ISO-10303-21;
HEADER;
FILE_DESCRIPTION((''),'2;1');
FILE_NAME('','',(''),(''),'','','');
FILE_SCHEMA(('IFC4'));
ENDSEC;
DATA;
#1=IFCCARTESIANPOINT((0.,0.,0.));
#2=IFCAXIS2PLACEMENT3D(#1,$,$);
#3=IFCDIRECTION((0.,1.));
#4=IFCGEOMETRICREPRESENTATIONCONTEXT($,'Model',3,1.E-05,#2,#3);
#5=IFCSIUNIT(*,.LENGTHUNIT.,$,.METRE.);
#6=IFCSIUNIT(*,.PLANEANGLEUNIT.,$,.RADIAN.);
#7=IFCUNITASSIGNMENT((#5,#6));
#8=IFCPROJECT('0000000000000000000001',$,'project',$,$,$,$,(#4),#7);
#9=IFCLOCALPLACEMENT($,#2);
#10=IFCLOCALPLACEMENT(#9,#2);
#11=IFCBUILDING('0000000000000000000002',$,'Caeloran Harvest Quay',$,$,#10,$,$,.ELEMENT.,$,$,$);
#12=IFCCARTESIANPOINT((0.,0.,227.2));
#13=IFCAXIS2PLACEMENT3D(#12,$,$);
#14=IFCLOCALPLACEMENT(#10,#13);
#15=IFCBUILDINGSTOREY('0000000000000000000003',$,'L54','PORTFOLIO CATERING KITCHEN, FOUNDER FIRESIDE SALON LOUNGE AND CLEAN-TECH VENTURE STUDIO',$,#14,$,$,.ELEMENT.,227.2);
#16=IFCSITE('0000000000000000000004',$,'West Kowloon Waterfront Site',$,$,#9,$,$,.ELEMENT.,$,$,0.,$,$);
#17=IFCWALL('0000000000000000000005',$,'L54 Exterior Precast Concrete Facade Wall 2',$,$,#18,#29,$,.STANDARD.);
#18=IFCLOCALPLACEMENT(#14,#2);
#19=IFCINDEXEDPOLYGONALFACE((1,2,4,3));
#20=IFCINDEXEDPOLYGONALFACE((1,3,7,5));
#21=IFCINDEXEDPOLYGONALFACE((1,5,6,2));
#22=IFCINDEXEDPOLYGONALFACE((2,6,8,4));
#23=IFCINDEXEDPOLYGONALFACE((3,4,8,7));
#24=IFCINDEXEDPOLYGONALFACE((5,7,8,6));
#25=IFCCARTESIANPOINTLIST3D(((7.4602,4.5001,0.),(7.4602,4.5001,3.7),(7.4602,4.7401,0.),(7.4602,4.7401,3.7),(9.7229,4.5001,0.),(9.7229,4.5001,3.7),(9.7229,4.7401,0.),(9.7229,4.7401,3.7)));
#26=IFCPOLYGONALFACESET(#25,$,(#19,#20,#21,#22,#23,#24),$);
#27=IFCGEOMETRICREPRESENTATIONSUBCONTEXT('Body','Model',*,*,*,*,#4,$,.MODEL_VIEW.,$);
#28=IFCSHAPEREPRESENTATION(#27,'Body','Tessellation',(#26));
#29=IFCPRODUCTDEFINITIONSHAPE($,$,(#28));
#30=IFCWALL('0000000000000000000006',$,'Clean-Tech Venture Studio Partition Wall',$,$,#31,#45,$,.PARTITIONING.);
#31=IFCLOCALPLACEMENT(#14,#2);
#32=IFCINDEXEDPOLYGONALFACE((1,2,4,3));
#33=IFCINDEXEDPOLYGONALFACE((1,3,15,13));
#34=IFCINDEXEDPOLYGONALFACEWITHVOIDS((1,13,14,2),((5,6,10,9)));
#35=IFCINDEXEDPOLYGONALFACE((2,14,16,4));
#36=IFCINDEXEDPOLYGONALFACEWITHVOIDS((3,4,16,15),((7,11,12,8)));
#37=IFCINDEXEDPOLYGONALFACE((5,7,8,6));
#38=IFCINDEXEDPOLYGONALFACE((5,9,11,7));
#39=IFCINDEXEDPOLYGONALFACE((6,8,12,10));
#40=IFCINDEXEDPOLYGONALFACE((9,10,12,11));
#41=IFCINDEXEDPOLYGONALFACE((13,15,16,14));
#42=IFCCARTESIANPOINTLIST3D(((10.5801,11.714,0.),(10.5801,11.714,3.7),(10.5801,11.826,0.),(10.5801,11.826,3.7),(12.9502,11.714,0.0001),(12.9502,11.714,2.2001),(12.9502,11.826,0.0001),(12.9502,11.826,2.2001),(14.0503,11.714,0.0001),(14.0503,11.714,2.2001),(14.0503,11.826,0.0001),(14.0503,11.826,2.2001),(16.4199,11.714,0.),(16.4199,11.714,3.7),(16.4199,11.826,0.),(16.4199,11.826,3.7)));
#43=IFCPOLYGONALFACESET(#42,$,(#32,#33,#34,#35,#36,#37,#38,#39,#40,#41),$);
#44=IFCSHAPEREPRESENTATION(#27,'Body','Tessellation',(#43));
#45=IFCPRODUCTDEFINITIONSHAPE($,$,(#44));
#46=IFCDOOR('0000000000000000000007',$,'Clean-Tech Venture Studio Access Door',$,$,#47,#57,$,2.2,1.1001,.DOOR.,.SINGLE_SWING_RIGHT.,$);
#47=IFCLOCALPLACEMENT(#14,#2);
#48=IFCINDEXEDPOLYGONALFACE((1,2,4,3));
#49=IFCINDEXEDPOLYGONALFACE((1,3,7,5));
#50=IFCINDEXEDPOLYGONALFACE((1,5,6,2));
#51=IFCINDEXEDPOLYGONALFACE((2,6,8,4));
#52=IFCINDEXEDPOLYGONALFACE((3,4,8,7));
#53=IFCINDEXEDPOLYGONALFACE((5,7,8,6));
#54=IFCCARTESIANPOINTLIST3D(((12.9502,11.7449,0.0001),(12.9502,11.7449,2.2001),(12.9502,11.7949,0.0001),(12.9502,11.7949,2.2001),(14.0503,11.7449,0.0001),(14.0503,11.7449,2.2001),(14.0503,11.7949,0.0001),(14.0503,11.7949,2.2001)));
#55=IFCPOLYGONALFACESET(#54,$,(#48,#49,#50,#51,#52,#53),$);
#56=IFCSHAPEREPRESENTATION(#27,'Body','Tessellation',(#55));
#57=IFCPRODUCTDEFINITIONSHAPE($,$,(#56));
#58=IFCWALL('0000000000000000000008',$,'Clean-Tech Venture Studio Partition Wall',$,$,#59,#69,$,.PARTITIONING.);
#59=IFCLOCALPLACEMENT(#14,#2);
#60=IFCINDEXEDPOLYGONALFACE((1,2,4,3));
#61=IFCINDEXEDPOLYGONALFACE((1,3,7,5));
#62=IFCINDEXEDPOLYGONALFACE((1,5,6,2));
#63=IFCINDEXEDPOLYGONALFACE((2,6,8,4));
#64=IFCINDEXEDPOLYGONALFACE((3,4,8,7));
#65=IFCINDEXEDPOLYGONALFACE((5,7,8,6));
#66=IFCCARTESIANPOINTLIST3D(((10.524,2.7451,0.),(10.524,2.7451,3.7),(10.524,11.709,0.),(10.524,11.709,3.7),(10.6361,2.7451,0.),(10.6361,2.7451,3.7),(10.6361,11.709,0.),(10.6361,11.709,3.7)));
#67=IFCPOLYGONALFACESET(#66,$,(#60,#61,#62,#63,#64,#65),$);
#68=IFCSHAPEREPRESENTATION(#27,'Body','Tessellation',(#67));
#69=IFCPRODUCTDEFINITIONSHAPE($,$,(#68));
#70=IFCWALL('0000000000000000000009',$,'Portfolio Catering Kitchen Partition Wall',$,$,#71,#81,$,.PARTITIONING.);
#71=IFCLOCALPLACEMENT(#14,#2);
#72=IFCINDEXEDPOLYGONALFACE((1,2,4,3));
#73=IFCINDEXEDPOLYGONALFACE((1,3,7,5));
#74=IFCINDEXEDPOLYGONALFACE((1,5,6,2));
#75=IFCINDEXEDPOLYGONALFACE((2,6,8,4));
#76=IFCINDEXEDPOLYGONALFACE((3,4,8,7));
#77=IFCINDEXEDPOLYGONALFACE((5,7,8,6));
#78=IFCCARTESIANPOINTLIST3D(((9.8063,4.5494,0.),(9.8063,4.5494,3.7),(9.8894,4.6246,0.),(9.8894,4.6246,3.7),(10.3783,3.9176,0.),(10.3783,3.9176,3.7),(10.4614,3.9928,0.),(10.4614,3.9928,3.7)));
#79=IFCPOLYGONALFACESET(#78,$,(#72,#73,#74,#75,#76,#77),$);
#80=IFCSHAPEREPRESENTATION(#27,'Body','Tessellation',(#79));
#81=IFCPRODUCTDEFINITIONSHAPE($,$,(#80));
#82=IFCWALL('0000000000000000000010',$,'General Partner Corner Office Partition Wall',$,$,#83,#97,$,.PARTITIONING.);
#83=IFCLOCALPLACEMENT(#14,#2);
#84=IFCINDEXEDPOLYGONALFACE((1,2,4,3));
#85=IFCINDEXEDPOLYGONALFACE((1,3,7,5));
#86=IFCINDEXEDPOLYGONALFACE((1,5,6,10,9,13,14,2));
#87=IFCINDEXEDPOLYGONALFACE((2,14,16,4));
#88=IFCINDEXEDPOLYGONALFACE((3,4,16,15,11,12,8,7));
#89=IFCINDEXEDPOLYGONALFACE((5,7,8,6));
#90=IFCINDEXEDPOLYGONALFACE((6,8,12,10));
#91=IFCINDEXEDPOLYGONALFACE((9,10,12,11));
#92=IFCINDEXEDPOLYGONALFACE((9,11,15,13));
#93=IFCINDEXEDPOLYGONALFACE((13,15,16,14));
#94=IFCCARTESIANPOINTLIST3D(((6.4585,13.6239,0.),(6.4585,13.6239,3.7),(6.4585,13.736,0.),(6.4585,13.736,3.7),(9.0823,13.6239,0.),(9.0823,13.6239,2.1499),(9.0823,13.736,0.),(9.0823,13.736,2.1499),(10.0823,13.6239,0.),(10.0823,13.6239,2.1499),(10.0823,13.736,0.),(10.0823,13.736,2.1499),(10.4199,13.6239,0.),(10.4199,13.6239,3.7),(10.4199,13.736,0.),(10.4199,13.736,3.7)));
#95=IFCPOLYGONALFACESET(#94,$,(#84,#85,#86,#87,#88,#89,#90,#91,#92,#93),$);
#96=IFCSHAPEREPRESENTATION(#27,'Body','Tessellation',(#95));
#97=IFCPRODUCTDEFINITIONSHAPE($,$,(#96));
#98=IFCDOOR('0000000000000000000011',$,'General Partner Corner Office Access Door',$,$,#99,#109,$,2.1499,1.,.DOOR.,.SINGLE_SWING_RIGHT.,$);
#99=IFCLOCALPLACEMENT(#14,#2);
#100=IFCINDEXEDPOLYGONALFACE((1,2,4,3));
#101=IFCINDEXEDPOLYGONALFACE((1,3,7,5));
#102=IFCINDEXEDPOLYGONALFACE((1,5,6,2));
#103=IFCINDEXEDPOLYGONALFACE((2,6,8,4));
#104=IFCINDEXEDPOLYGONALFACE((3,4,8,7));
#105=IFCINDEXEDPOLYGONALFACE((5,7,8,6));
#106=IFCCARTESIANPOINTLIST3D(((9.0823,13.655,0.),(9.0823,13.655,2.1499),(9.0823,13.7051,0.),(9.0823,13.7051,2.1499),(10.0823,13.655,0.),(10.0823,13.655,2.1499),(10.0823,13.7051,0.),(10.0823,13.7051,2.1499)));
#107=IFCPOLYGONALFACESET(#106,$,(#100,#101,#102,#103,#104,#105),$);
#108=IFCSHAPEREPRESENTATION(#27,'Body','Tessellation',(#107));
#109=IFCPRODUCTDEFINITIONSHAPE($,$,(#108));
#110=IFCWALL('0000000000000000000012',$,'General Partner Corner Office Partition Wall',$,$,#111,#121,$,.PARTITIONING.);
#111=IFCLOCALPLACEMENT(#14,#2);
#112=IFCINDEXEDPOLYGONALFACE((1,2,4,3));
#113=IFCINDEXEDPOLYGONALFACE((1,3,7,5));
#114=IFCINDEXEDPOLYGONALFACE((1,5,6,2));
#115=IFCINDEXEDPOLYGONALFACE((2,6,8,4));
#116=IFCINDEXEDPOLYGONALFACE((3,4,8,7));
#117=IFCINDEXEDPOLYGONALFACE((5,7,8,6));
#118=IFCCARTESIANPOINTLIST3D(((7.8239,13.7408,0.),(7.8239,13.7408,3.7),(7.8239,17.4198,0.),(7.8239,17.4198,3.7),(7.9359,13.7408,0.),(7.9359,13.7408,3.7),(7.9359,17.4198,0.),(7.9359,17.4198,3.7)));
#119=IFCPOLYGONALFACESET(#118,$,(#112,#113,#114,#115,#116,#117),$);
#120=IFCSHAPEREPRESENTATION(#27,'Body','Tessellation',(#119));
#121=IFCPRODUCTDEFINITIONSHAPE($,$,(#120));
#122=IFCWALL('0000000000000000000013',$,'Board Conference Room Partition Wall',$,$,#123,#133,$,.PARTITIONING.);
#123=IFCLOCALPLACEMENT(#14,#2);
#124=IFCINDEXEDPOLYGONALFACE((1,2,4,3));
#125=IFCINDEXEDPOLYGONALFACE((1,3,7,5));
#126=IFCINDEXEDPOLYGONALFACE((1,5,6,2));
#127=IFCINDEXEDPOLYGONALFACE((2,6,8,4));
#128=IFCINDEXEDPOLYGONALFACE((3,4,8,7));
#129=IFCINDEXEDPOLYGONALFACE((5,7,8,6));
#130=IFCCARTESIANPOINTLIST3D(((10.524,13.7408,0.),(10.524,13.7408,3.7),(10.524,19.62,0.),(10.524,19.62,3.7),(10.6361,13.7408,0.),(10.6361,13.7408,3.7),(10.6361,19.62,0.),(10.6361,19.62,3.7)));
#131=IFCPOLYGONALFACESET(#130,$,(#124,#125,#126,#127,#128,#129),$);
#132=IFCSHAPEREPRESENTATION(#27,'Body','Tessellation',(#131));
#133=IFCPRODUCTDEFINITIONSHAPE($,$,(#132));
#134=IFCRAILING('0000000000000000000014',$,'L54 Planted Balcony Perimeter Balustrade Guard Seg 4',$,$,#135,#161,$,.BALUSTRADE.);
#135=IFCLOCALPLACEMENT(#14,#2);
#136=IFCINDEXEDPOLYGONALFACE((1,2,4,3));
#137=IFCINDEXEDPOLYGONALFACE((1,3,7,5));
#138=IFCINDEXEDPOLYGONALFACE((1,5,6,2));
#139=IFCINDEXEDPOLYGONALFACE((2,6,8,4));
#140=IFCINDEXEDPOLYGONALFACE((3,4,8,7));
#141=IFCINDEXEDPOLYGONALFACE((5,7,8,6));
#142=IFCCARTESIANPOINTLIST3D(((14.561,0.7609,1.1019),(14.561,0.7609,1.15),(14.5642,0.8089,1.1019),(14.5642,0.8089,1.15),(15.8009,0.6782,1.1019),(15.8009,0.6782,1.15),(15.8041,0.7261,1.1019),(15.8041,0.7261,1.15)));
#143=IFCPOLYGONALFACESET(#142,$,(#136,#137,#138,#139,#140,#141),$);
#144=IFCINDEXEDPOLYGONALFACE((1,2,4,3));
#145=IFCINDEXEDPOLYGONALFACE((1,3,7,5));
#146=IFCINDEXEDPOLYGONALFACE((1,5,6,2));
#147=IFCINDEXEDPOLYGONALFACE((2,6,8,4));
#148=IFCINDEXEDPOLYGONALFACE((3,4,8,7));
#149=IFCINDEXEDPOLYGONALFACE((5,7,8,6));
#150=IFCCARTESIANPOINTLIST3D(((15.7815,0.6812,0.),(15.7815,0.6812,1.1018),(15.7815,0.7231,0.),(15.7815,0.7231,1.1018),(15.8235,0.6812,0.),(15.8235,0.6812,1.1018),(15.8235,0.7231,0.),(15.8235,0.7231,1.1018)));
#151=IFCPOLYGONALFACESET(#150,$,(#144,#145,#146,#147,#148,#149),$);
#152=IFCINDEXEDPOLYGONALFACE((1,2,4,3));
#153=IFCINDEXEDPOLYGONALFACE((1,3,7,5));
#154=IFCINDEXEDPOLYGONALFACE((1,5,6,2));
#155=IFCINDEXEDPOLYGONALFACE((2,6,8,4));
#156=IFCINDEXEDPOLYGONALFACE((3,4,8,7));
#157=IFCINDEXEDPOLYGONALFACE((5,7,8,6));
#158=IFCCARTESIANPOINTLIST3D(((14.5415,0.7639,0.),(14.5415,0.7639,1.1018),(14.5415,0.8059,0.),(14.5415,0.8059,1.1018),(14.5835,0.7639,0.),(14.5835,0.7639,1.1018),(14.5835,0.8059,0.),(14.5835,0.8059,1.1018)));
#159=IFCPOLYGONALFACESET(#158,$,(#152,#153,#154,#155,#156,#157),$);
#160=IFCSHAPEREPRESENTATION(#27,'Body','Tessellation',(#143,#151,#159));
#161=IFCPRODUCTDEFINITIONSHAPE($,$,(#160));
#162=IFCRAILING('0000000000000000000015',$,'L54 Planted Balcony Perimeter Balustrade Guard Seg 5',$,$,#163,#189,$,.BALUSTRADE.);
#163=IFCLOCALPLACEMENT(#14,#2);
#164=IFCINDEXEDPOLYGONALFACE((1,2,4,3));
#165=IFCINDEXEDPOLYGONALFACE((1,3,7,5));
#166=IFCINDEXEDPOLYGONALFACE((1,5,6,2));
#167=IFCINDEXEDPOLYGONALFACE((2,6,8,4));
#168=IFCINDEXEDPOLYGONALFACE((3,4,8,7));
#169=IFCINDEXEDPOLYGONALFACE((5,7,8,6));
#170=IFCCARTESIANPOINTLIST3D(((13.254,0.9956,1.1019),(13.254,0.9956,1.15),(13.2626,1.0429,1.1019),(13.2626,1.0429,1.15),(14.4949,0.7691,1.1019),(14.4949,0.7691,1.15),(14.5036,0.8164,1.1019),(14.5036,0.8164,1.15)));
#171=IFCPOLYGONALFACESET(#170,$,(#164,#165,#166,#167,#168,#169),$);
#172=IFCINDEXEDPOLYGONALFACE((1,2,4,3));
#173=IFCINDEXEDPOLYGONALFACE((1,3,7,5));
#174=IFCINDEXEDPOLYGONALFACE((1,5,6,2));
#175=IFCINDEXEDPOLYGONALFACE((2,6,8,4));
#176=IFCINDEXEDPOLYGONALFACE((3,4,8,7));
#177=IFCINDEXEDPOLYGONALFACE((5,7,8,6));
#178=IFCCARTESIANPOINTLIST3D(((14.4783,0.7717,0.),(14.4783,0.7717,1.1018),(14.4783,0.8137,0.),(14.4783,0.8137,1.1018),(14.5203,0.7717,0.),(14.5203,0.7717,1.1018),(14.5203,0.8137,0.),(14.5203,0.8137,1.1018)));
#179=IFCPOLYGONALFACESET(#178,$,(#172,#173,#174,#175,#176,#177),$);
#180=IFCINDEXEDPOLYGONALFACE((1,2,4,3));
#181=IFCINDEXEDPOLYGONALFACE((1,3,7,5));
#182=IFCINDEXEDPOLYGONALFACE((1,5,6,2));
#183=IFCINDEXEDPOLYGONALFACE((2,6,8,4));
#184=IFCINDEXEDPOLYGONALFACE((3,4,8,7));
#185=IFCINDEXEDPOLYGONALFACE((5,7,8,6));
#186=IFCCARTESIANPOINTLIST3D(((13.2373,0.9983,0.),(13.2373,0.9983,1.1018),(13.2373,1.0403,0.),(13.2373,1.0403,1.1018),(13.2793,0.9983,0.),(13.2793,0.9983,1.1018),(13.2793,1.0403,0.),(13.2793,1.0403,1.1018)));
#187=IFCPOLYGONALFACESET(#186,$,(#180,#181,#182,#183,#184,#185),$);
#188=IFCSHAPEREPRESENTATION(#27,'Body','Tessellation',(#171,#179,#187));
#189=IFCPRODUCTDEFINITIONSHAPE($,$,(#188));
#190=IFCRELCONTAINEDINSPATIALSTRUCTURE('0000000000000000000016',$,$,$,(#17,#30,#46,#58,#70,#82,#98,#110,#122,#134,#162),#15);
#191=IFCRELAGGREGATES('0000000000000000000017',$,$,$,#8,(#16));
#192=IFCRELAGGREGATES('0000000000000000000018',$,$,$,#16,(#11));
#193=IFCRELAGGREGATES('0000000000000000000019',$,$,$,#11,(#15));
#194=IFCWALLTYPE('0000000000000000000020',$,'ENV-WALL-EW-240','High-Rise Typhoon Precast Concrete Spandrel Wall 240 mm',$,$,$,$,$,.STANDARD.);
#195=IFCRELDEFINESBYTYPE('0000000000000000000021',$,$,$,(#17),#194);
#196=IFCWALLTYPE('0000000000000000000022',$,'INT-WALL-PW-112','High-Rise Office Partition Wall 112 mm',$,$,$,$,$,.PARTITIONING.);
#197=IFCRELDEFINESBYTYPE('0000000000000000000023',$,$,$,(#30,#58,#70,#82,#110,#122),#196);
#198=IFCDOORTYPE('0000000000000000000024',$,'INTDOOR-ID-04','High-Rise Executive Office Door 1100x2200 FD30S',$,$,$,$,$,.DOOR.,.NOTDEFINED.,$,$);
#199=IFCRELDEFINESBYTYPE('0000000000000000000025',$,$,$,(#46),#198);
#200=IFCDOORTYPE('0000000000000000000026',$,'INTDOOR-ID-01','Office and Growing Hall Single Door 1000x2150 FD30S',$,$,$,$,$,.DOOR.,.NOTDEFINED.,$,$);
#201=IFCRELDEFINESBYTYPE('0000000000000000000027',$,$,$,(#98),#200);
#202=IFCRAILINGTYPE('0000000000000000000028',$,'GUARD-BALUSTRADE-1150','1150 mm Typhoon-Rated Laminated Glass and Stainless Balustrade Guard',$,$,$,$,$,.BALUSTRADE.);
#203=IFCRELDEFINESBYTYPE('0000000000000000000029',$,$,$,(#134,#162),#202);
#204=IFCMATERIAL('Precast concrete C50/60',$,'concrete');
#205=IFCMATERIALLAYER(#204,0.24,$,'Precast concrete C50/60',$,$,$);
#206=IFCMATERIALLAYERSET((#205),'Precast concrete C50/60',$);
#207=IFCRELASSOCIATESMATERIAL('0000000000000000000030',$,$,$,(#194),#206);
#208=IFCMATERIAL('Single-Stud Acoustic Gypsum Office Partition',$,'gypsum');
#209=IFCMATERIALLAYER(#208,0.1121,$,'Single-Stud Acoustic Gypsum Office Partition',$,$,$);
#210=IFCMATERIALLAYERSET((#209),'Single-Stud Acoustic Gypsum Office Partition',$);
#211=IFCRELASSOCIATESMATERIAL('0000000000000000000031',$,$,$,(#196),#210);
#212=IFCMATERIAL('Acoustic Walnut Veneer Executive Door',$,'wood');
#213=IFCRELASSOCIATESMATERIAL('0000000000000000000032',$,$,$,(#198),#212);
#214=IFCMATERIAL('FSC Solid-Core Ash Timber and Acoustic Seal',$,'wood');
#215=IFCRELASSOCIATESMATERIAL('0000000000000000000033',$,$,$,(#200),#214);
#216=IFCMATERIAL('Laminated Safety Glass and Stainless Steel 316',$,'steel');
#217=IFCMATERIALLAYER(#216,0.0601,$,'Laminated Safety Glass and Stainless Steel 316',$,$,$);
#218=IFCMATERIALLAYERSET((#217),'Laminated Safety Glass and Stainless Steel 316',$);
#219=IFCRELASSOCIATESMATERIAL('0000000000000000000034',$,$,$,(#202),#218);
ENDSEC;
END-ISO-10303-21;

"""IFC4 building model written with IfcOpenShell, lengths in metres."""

from ifc_helpers import new_model, si_unit, direction, frame, frame_2d, origin, origin_2d, place, context, subcontext, project, spatial, rectangle, extrude, material, layer, layer_set, type_object, element, fill, save


model = new_model("IFC4")

# Units and contexts
model_context = context("Model", 3, precision=1e-05, world=origin(), true_north=direction((0.0, 1.0)))
body_context = subcontext(model_context, "Body", "Model", "MODEL_VIEW")
ifc_project = project(units=[si_unit("LENGTHUNIT", "METRE"), si_unit("PLANEANGLEUNIT", "RADIAN")], contexts=[model_context])

# Site, building, storey
site_placement = place(None, origin())
site = spatial("IfcSite", under=ifc_project, at=site_placement, Name="West Kowloon Waterfront Site", CompositionType="ELEMENT", RefElevation=0.0)
building_placement = place(site_placement, origin())
building = spatial("IfcBuilding", under=site, at=building_placement, Name="Caeloran Harvest Quay", CompositionType="ELEMENT")
storey_placement = place(building_placement, frame((0.0, 0.0, 227.2)))
storey = spatial("IfcBuildingStorey", under=building, at=storey_placement, Name="L54", Description="PORTFOLIO CATERING KITCHEN, FOUNDER FIRESIDE SALON LOUNGE AND CLEAN-TECH VENTURE STUDIO", CompositionType="ELEMENT", Elevation=227.2)

# Shared definitions
ifc_material_1 = material(Name="Precast concrete C50/60", Category="concrete")

# Wall
ifc_layer_1 = layer(ifc_material_1, 0.24, Name="Precast concrete C50/60")
ifc_layer_set_1 = layer_set([ifc_layer_1], Name="Precast concrete C50/60")
wall_type_1 = type_object("IfcWallType", Name="ENV-WALL-EW-240", Description="High-Rise Typhoon Precast Concrete Spandrel Wall 240 mm", PredefinedType="STANDARD", material=ifc_layer_set_1)
wall_1_placement = place(storey_placement, frame((9.7229, 4.6201, 0.0), z_axis=(0.0, 0.0, 1.0), x_axis=(-1.0, 0.0, 0.0)))
element("IfcWall", 1, at=wall_1_placement, inside=storey, type_object=wall_type_1, Name="L54 Exterior Precast Concrete Facade Wall 2", PredefinedType="STANDARD", context=body_context, shape_type="SweptSolid", body=[
    extrude(rectangle(XDim=2.2627, YDim=0.24, at=frame_2d((1.1313, 0.0))), origin(), (0.0, 0.0, 1.0), 3.7),
])

# Wall, opening, door
ifc_material_2 = material(Name="Single-Stud Acoustic Gypsum Office Partition", Category="gypsum")
ifc_layer_2 = layer(ifc_material_2, 0.1121, Name="Single-Stud Acoustic Gypsum Office Partition")
ifc_layer_set_2 = layer_set([ifc_layer_2], Name="Single-Stud Acoustic Gypsum Office Partition")
wall_type_2 = type_object("IfcWallType", Name="INT-WALL-PW-112", Description="High-Rise Office Partition Wall 112 mm", PredefinedType="PARTITIONING", material=ifc_layer_set_2)
wall_2_placement = place(storey_placement, frame((10.5801, 11.77, 0.0), z_axis=(0.0, 0.0, 1.0), x_axis=(1.0, 0.0, 0.0)))
wall_2 = element("IfcWall", 2, at=wall_2_placement, inside=storey, type_object=wall_type_2, Name="Clean-Tech Venture Studio Partition Wall", PredefinedType="PARTITIONING", context=body_context, shape_type="SweptSolid", body=[
    extrude(rectangle(XDim=5.8398, YDim=0.1121, at=frame_2d((2.9199, 0.0))), origin(), (0.0, 0.0, 1.0), 3.7),
])
opening_1_placement = place(wall_2_placement, frame((2.3701, 0.0, 0.0)))
opening_1 = element("IfcOpeningElement", 3, at=opening_1_placement, cuts=wall_2, PredefinedType="OPENING", context=body_context, shape_type="SweptSolid", body=[
    extrude(rectangle(XDim=1.1001, YDim=2.2, at=frame_2d((0.55, 1.1001))), frame((0.0, 0.0659, 0.0), z_axis=(0.0, -1.0, 0.0), x_axis=(1.0, 0.0, 0.0)), (0.0, 0.0, 1.0), 0.1321),
])
ifc_material_3 = material(Name="Acoustic Walnut Veneer Executive Door", Category="wood")
door_type_1 = type_object("IfcDoorType", Name="INTDOOR-ID-04", Description="High-Rise Executive Office Door 1100x2200 FD30S", OperationType="NOTDEFINED", PredefinedType="DOOR", material=ifc_material_3)
door_1_placement = place(opening_1_placement, origin())
door_1 = element("IfcDoor", 4, at=door_1_placement, inside=storey, type_object=door_type_1, Name="Clean-Tech Venture Studio Access Door", OperationType="SINGLE_SWING_RIGHT", OverallHeight=2.2, OverallWidth=1.1001, PredefinedType="DOOR", context=body_context, shape_type="SweptSolid", body=[
    extrude(rectangle(XDim=1.1001, YDim=2.2, at=frame_2d((0.55, 1.1001))), frame((0.0, 0.0249, 0.0), z_axis=(0.0, -1.0, 0.0), x_axis=(1.0, 0.0, 0.0)), (0.0, 0.0, 1.0), 0.05),
])
fill(opening_1, door_1)

# Walls
wall_3_placement = place(storey_placement, frame((10.5801, 2.7451, 0.0), z_axis=(0.0, 0.0, 1.0), x_axis=(0.0, 1.0, 0.0)))
element("IfcWall", 5, at=wall_3_placement, inside=storey, type_object=wall_type_2, Name="Clean-Tech Venture Studio Partition Wall", PredefinedType="PARTITIONING", context=body_context, shape_type="SweptSolid", body=[
    extrude(rectangle(XDim=8.9639, YDim=0.1121, at=frame_2d((4.4819, 0.0))), origin(), (0.0, 0.0, 1.0), 3.7),
])
wall_4_placement = place(storey_placement, frame((10.4199, 3.9551, 0.0), z_axis=(0.0, 0.0, 1.0), x_axis=(-0.671146, 0.741325, 0.0)))
element("IfcWall", 6, at=wall_4_placement, inside=storey, type_object=wall_type_2, Name="Portfolio Catering Kitchen Partition Wall", PredefinedType="PARTITIONING", context=body_context, shape_type="SweptSolid", body=[
    extrude(rectangle(XDim=0.8523, YDim=0.1121, at=frame_2d((0.4263, 0.0))), origin(), (0.0, 0.0, 1.0), 3.7),
])

# Wall, opening, door
wall_5_placement = place(storey_placement, frame((10.4199, 13.6799, 0.0), z_axis=(0.0, 0.0, 1.0), x_axis=(-1.0, 0.0, 0.0)))
wall_5 = element("IfcWall", 7, at=wall_5_placement, inside=storey, type_object=wall_type_2, Name="General Partner Corner Office Partition Wall", PredefinedType="PARTITIONING", context=body_context, shape_type="SweptSolid", body=[
    extrude(rectangle(XDim=3.9614, YDim=0.1121, at=frame_2d((1.9807, 0.0))), origin(), (0.0, 0.0, 1.0), 3.7),
])
opening_2_placement = place(wall_5_placement, frame((0.3376, 0.0, 0.0)))
opening_2 = element("IfcOpeningElement", 8, at=opening_2_placement, cuts=wall_5, PredefinedType="OPENING", context=body_context, shape_type="SweptSolid", body=[
    extrude(rectangle(XDim=1.0, YDim=2.1499, at=frame_2d((0.5, 1.075))), frame((0.0, 0.0659, 0.0), z_axis=(0.0, -1.0, 0.0), x_axis=(1.0, 0.0, 0.0)), (0.0, 0.0, 1.0), 0.1321),
])
ifc_material_4 = material(Name="FSC Solid-Core Ash Timber and Acoustic Seal", Category="wood")
door_type_2 = type_object("IfcDoorType", Name="INTDOOR-ID-01", Description="Office and Growing Hall Single Door 1000x2150 FD30S", OperationType="NOTDEFINED", PredefinedType="DOOR", material=ifc_material_4)
door_2_placement = place(opening_2_placement, origin())
door_2 = element("IfcDoor", 9, at=door_2_placement, inside=storey, type_object=door_type_2, Name="General Partner Corner Office Access Door", OperationType="SINGLE_SWING_RIGHT", OverallHeight=2.1499, OverallWidth=1.0, PredefinedType="DOOR", context=body_context, shape_type="SweptSolid", body=[
    extrude(rectangle(XDim=1.0, YDim=2.1499, at=frame_2d((0.5, 1.075))), frame((0.0, 0.0249, 0.0), z_axis=(0.0, -1.0, 0.0), x_axis=(1.0, 0.0, 0.0)), (0.0, 0.0, 1.0), 0.05),
])
fill(opening_2, door_2)

# Walls
wall_6_placement = place(storey_placement, frame((7.8799, 13.741, 0.0), z_axis=(0.0, 0.0, 1.0), x_axis=(0.0, 1.0, 0.0)))
element("IfcWall", 10, at=wall_6_placement, inside=storey, type_object=wall_type_2, Name="General Partner Corner Office Partition Wall", PredefinedType="PARTITIONING", context=body_context, shape_type="SweptSolid", body=[
    extrude(rectangle(XDim=3.679, YDim=0.1121, at=frame_2d((1.8394, 0.0))), origin(), (0.0, 0.0, 1.0), 3.7),
])
wall_7_placement = place(storey_placement, frame((10.5801, 13.741, 0.0), z_axis=(0.0, 0.0, 1.0), x_axis=(0.0, 1.0, 0.0)))
element("IfcWall", 11, at=wall_7_placement, inside=storey, type_object=wall_type_2, Name="Board Conference Room Partition Wall", PredefinedType="PARTITIONING", context=body_context, shape_type="SweptSolid", body=[
    extrude(rectangle(XDim=5.8792, YDim=0.1121, at=frame_2d((2.9395, 0.0))), origin(), (0.0, 0.0, 1.0), 3.7),
])

# Railings
ifc_material_5 = material(Name="Laminated Safety Glass and Stainless Steel 316", Category="steel")
ifc_layer_3 = layer(ifc_material_5, 0.0601, Name="Laminated Safety Glass and Stainless Steel 316")
ifc_layer_set_3 = layer_set([ifc_layer_3], Name="Laminated Safety Glass and Stainless Steel 316")
railing_type = type_object("IfcRailingType", Name="GUARD-BALUSTRADE-1150", Description="1150 mm Typhoon-Rated Laminated Glass and Stainless Balustrade Guard", PredefinedType="BALUSTRADE", material=ifc_layer_set_3)
railing_1_placement = place(storey_placement, frame((15.8025, 0.7021, 0.0)))
element("IfcRailing", 12, at=railing_1_placement, inside=storey, type_object=railing_type, Name="L54 Planted Balcony Perimeter Balustrade Guard Seg 4", PredefinedType="BALUSTRADE", context=body_context, shape_type="SweptSolid", body=[
    extrude(rectangle(XDim=0.0481, YDim=0.0481, at=origin_2d()), frame((0.0, 0.0, 1.126), z_axis=(-0.99778, 0.066597, 0.0), x_axis=(-0.066597, -0.99778, 0.0)), (0.0, 0.0, 1.0), 1.2427),
    extrude(rectangle(XDim=0.042, YDim=0.042, at=origin_2d()), origin(), (0.0, 0.0, 1.0), 1.1018),
    extrude(rectangle(XDim=0.042, YDim=0.042, at=origin_2d()), frame((-1.24, 0.0828, 0.0)), (0.0, 0.0, 1.0), 1.1018),
])
railing_2_placement = place(storey_placement, frame((14.4993, 0.7927, 0.0)))
element("IfcRailing", 13, at=railing_2_placement, inside=storey, type_object=railing_type, Name="L54 Planted Balcony Perimeter Balustrade Guard Seg 5", PredefinedType="BALUSTRADE", context=body_context, shape_type="SweptSolid", body=[
    extrude(rectangle(XDim=0.0481, YDim=0.0481, at=origin_2d()), frame((0.0, 0.0, 1.126), z_axis=(-0.98374, 0.179601, 0.0), x_axis=(-0.179601, -0.98374, 0.0)), (0.0, 0.0, 1.0), 1.2615),
    extrude(rectangle(XDim=0.042, YDim=0.042, at=origin_2d()), origin(), (0.0, 0.0, 1.0), 1.1018),
    extrude(rectangle(XDim=0.042, YDim=0.042, at=origin_2d()), frame((-1.241, 0.2266, 0.0)), (0.0, 0.0, 1.0), 1.1018),
])

save(model, "model.ifc")
